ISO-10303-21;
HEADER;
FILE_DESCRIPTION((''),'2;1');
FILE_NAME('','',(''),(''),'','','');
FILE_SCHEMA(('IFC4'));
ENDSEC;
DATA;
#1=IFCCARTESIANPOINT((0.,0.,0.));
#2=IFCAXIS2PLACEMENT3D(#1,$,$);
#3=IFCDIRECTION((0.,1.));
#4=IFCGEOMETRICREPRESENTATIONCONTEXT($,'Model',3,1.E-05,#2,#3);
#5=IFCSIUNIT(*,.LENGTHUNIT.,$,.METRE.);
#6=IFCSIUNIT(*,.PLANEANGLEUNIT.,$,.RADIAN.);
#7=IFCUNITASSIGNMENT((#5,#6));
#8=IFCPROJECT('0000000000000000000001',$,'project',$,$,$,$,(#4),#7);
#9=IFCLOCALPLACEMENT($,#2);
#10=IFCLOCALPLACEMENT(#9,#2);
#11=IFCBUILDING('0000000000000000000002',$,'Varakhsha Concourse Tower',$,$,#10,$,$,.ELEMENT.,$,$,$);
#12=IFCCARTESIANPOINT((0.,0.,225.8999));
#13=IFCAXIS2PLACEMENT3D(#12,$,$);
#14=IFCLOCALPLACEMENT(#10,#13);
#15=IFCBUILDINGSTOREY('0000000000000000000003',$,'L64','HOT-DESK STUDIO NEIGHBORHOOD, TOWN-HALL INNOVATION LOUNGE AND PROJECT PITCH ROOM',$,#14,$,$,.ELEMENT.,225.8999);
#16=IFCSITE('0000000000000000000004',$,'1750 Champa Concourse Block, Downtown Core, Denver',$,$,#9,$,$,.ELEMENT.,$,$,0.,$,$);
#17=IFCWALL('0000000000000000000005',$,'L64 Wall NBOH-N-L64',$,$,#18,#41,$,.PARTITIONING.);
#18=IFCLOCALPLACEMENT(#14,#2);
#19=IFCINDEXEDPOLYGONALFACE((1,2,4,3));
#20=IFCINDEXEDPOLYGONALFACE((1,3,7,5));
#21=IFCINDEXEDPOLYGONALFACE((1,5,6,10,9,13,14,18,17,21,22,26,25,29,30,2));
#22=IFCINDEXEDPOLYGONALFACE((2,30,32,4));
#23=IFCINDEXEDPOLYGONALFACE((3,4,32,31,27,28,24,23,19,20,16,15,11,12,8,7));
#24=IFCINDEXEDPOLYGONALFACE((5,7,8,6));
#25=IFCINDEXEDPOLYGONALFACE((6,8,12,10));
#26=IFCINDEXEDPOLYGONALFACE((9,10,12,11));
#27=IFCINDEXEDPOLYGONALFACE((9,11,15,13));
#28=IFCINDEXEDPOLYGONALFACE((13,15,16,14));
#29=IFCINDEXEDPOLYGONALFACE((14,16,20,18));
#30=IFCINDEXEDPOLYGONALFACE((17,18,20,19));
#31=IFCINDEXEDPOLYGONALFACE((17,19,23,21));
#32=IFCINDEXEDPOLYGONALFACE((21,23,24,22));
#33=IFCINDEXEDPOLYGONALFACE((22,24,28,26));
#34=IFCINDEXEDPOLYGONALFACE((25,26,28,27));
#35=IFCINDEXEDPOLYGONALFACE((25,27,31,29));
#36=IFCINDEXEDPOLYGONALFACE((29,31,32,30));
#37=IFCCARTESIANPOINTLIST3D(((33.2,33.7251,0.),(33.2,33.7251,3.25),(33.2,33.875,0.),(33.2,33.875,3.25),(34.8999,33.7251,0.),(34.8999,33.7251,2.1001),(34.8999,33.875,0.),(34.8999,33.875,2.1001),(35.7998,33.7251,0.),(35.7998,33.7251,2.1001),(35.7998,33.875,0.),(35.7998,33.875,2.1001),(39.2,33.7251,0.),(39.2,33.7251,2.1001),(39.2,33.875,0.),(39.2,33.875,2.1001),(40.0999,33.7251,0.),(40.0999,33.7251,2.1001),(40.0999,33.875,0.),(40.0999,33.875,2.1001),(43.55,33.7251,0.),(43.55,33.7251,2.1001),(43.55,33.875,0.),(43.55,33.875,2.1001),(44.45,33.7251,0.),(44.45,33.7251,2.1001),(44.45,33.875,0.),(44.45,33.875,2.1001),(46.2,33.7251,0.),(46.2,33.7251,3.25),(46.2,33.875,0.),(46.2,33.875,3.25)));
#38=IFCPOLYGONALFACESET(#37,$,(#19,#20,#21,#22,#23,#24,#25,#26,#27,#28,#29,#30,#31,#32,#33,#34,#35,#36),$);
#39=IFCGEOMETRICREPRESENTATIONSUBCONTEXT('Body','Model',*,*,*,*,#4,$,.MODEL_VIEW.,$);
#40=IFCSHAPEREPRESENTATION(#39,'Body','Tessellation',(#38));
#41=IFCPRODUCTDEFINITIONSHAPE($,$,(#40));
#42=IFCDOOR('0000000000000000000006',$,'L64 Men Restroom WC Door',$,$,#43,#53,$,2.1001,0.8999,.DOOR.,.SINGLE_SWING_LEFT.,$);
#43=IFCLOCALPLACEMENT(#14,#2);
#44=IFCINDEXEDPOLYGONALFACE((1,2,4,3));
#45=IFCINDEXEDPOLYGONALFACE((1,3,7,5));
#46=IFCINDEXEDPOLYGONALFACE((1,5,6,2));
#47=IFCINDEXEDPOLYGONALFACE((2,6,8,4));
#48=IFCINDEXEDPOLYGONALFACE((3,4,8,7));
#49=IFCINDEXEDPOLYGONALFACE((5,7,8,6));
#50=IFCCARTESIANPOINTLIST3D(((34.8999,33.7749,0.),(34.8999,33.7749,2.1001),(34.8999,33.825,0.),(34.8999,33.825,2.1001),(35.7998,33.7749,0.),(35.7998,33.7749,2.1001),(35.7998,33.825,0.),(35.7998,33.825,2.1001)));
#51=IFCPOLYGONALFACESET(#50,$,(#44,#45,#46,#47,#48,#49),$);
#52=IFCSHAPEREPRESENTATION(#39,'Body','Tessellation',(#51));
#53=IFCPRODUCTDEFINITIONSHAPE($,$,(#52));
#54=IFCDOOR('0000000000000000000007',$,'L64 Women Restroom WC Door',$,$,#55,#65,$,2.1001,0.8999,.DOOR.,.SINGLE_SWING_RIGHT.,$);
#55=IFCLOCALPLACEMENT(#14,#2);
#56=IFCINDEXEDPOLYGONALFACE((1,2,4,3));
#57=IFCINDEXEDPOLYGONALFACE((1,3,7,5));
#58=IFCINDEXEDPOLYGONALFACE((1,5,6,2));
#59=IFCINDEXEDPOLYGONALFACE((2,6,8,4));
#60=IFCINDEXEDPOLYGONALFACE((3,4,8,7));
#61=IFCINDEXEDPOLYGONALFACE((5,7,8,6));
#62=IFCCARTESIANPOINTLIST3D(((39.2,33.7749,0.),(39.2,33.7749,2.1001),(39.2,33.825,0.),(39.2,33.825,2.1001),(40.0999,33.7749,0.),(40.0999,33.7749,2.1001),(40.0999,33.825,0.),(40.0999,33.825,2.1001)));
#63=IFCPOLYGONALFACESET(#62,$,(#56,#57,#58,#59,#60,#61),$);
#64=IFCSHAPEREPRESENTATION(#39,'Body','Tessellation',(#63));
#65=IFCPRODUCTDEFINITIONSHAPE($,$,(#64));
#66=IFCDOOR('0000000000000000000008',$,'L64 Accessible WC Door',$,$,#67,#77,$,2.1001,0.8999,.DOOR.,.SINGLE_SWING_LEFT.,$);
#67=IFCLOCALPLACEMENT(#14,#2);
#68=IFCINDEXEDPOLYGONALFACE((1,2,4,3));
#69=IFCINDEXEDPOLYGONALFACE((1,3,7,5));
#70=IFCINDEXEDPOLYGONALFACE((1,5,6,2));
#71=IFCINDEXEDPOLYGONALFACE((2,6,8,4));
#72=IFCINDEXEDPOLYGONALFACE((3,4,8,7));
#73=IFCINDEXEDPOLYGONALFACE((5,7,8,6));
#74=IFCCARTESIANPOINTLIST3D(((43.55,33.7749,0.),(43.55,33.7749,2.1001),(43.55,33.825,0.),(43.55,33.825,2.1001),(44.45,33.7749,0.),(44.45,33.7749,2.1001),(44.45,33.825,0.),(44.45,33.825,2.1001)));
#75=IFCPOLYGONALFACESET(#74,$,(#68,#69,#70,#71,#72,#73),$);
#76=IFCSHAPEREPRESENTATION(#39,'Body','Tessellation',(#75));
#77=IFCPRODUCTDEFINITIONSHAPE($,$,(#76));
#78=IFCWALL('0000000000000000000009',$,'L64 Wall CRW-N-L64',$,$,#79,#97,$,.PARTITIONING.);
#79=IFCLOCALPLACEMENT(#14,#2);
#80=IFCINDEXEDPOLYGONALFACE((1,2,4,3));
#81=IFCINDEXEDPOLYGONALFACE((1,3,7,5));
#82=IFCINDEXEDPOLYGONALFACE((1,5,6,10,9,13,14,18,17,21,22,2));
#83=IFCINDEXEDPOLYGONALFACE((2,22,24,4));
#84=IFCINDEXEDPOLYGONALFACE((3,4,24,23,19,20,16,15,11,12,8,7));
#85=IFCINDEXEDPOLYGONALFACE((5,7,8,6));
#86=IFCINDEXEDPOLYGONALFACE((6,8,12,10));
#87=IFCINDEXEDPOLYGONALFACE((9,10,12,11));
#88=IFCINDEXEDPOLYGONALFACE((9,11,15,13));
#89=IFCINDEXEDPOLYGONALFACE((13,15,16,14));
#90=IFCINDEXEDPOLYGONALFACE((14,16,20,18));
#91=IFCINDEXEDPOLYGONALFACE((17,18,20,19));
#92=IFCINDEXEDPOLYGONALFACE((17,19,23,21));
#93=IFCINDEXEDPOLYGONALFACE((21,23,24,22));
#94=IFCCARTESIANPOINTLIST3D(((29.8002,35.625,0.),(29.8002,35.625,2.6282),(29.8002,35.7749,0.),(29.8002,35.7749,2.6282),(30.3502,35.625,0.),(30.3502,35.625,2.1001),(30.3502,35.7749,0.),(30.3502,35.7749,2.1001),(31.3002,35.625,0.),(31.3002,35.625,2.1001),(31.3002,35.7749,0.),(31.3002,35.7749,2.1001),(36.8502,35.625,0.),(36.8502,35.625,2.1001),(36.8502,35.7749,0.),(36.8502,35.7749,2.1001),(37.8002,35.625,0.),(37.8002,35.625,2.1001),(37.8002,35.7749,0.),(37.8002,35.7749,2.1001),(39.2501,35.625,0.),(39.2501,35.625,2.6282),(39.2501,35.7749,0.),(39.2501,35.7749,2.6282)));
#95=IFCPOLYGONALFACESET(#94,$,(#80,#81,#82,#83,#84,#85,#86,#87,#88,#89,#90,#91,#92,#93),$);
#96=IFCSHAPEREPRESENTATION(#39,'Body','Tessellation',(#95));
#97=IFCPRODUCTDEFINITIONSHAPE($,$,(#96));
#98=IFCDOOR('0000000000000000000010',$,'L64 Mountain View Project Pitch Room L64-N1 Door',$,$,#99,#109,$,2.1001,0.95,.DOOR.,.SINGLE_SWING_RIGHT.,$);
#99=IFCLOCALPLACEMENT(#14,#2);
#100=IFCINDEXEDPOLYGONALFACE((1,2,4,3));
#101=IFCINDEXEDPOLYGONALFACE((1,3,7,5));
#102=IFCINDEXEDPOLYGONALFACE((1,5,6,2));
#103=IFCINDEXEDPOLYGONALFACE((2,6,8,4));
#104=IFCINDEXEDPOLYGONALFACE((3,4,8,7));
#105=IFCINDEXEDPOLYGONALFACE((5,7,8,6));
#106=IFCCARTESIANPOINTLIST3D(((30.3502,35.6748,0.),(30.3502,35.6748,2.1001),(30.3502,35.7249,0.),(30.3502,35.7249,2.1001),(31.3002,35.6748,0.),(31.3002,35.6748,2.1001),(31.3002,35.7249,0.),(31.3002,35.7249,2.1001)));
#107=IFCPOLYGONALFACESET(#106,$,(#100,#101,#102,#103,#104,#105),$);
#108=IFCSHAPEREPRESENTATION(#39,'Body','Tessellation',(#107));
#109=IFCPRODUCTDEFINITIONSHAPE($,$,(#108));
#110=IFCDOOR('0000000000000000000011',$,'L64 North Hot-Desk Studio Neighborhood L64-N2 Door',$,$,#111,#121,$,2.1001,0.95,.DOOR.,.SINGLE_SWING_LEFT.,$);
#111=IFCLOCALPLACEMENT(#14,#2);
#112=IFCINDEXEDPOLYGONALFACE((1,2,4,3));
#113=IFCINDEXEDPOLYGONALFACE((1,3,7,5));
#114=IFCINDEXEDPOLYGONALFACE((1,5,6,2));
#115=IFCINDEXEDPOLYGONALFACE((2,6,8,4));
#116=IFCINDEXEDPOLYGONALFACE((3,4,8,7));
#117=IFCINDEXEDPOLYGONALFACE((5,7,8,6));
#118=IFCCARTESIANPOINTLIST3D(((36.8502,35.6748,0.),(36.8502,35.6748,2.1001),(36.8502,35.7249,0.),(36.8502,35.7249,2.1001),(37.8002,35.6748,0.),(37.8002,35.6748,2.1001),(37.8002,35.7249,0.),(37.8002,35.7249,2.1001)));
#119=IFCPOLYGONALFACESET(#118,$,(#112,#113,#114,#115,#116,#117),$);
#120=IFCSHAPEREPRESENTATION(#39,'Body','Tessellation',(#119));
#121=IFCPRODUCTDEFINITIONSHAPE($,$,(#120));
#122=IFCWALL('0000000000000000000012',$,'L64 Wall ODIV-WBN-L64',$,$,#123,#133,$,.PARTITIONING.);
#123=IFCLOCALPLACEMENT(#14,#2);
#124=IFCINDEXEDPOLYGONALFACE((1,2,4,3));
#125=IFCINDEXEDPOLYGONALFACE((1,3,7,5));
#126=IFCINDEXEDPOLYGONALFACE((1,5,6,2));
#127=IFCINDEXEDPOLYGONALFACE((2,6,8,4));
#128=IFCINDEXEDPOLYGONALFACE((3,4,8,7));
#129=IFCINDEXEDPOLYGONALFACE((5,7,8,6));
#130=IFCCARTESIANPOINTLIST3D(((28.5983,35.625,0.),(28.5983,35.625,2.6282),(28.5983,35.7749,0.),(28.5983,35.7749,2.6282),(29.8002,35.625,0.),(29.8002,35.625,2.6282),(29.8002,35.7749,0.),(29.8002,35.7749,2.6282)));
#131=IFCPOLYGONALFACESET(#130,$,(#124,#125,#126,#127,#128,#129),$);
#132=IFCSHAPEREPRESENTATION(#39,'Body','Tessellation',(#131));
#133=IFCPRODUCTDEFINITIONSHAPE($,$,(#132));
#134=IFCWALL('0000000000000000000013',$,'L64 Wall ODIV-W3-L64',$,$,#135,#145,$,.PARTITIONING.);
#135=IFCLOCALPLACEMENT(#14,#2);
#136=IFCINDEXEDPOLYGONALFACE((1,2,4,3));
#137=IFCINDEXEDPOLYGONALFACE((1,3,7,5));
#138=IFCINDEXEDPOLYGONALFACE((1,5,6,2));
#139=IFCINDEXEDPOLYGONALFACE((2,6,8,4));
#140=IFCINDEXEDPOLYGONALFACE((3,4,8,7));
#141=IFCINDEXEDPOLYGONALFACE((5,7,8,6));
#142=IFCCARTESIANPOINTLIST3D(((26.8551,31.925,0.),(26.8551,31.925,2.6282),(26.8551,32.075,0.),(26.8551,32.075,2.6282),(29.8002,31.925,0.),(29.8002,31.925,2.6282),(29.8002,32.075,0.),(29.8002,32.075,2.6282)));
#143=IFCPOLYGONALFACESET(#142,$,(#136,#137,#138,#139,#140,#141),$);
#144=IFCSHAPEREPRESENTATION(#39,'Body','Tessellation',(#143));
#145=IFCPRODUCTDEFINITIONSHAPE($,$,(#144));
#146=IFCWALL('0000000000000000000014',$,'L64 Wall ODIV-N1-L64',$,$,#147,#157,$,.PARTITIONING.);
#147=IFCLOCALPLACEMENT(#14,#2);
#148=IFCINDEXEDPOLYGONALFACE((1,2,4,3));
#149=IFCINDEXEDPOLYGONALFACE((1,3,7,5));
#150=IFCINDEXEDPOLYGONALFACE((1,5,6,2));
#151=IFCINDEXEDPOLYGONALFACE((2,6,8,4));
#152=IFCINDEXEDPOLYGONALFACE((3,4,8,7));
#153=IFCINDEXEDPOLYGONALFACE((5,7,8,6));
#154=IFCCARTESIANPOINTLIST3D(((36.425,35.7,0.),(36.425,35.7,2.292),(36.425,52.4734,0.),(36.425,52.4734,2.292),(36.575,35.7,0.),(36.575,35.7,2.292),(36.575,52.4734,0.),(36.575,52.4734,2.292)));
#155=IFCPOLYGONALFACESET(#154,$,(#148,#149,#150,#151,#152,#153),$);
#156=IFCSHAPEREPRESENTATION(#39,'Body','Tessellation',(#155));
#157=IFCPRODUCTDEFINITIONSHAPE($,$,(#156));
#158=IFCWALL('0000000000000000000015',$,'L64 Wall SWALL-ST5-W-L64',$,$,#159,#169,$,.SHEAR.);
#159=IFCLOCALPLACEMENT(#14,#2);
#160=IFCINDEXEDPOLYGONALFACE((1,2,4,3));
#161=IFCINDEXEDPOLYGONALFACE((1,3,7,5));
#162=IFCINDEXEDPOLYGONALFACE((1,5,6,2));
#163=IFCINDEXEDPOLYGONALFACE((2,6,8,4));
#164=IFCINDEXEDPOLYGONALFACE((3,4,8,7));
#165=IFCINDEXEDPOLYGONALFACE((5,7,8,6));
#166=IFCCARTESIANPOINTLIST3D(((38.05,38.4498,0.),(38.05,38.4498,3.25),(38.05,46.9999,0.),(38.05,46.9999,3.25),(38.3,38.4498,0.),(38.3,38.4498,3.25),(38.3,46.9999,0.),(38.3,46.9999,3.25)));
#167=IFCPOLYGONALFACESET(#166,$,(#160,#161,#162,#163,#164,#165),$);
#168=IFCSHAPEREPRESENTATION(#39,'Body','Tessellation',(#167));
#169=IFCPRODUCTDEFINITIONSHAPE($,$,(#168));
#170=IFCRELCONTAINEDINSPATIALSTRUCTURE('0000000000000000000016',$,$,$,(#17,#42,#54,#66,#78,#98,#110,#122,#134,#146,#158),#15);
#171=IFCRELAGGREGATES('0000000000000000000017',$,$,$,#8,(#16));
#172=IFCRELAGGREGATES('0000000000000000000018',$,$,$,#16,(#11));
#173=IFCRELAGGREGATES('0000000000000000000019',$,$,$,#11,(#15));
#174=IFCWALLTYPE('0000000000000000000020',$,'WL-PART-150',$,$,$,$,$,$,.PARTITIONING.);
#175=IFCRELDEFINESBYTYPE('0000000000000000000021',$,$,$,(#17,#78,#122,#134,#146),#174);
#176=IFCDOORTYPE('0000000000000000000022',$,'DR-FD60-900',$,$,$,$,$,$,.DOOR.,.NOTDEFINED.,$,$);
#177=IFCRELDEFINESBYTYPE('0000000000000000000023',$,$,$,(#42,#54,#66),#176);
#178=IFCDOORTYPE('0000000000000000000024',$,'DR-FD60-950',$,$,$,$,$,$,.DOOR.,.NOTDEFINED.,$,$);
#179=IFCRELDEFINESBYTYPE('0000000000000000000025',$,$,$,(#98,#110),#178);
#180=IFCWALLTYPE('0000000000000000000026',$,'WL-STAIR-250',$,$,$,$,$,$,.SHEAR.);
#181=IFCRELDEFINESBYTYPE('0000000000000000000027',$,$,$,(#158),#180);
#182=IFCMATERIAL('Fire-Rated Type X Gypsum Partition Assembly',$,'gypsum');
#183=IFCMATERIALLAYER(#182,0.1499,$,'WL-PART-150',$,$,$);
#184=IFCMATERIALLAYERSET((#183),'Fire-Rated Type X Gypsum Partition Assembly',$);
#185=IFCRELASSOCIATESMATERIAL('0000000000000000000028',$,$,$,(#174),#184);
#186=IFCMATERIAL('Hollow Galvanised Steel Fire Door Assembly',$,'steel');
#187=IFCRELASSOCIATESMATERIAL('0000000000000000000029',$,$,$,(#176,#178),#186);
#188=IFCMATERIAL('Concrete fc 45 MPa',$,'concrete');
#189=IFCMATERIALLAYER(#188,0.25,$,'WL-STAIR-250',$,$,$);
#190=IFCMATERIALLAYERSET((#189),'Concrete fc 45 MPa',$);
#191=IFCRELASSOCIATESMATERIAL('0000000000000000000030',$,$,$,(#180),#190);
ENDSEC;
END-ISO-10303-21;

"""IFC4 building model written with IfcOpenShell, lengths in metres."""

from ifc_helpers import new_model, si_unit, direction, frame, frame_2d, origin, place, context, subcontext, project, spatial, rectangle, extrude, material, layer, layer_set, type_object, element, fill, save


model = new_model("IFC4")

# Units and contexts
model_context = context("Model", 3, precision=1e-05, world=origin(), true_north=direction((0.0, 1.0)))
body_context = subcontext(model_context, "Body", "Model", "MODEL_VIEW")
ifc_project = project(units=[si_unit("LENGTHUNIT", "METRE"), si_unit("PLANEANGLEUNIT", "RADIAN")], contexts=[model_context])

# Site, building, storey
site_placement = place(None, origin())
site = spatial("IfcSite", under=ifc_project, at=site_placement, Name="1750 Champa Concourse Block, Downtown Core, Denver", CompositionType="ELEMENT", RefElevation=0.0)
building_placement = place(site_placement, origin())
building = spatial("IfcBuilding", under=site, at=building_placement, Name="Varakhsha Concourse Tower", CompositionType="ELEMENT")
storey_placement = place(building_placement, frame((0.0, 0.0, 225.8999)))
storey = spatial("IfcBuildingStorey", under=building, at=storey_placement, Name="L64", Description="HOT-DESK STUDIO NEIGHBORHOOD, TOWN-HALL INNOVATION LOUNGE AND PROJECT PITCH ROOM", CompositionType="ELEMENT", Elevation=225.8999)

# Walls, openings, doors
ifc_material_1 = material(Name="Fire-Rated Type X Gypsum Partition Assembly", Category="gypsum")
ifc_layer_1 = layer(ifc_material_1, 0.1499, Name="WL-PART-150")
ifc_layer_set_1 = layer_set([ifc_layer_1], Name="Fire-Rated Type X Gypsum Partition Assembly")
wall_type_1 = type_object("IfcWallType", Name="WL-PART-150", PredefinedType="PARTITIONING", material=ifc_layer_set_1)
wall_1_placement = place(storey_placement, frame((33.2, 33.8, 0.0), z_axis=(0.0, 0.0, 1.0), x_axis=(1.0, 0.0, 0.0)))
wall_1 = element("IfcWall", 1, at=wall_1_placement, inside=storey, type_object=wall_type_1, Name="L64 Wall NBOH-N-L64", PredefinedType="PARTITIONING", context=body_context, shape_type="SweptSolid", body=[
    extrude(rectangle(XDim=13.0, YDim=0.1499, at=frame_2d((6.5, 0.0))), origin(), (0.0, 0.0, 1.0), 3.25),
])
opening_1_placement = place(wall_1_placement, frame((1.7, 0.0, 0.0)))
opening_1 = element("IfcOpeningElement", 2, at=opening_1_placement, cuts=wall_1, PredefinedType="OPENING", context=body_context, shape_type="SweptSolid", body=[
    extrude(rectangle(XDim=0.8999, YDim=2.1001, at=frame_2d((0.45, 1.05))), frame((0.0, 0.085, 0.0), z_axis=(0.0, -1.0, 0.0), x_axis=(1.0, 0.0, 0.0)), (0.0, 0.0, 1.0), 0.1699),
])
opening_2_placement = place(wall_1_placement, frame((6.0, 0.0, 0.0)))
opening_2 = element("IfcOpeningElement", 3, at=opening_2_placement, cuts=wall_1, PredefinedType="OPENING", context=body_context, shape_type="SweptSolid", body=[
    extrude(rectangle(XDim=0.8999, YDim=2.1001, at=frame_2d((0.45, 1.05))), frame((0.0, 0.085, 0.0), z_axis=(0.0, -1.0, 0.0), x_axis=(1.0, 0.0, 0.0)), (0.0, 0.0, 1.0), 0.1699),
])
opening_3_placement = place(wall_1_placement, frame((10.3501, 0.0, 0.0)))
opening_3 = element("IfcOpeningElement", 4, at=opening_3_placement, cuts=wall_1, PredefinedType="OPENING", context=body_context, shape_type="SweptSolid", body=[
    extrude(rectangle(XDim=0.8999, YDim=2.1001, at=frame_2d((0.45, 1.05))), frame((0.0, 0.085, 0.0), z_axis=(0.0, -1.0, 0.0), x_axis=(1.0, 0.0, 0.0)), (0.0, 0.0, 1.0), 0.1699),
])
ifc_material_2 = material(Name="Hollow Galvanised Steel Fire Door Assembly", Category="steel")
door_type_1 = type_object("IfcDoorType", Name="DR-FD60-900", OperationType="NOTDEFINED", PredefinedType="DOOR", material=ifc_material_2)
door_1_placement = place(opening_1_placement, origin())
door_1 = element("IfcDoor", 5, at=door_1_placement, inside=storey, type_object=door_type_1, Name="L64 Men Restroom WC Door", OperationType="SINGLE_SWING_LEFT", OverallHeight=2.1001, OverallWidth=0.8999, PredefinedType="DOOR", context=body_context, shape_type="SweptSolid", body=[
    extrude(rectangle(XDim=0.8999, YDim=2.1001, at=frame_2d((0.45, 1.05))), frame((0.0, 0.0249, 0.0), z_axis=(0.0, -1.0, 0.0), x_axis=(1.0, 0.0, 0.0)), (0.0, 0.0, 1.0), 0.05),
])
fill(opening_1, door_1)
door_2_placement = place(opening_2_placement, origin())
door_2 = element("IfcDoor", 6, at=door_2_placement, inside=storey, type_object=door_type_1, Name="L64 Women Restroom WC Door", OperationType="SINGLE_SWING_RIGHT", OverallHeight=2.1001, OverallWidth=0.8999, PredefinedType="DOOR", context=body_context, shape_type="SweptSolid", body=[
    extrude(rectangle(XDim=0.8999, YDim=2.1001, at=frame_2d((0.45, 1.05))), frame((0.0, 0.0249, 0.0), z_axis=(0.0, -1.0, 0.0), x_axis=(1.0, 0.0, 0.0)), (0.0, 0.0, 1.0), 0.05),
])
fill(opening_2, door_2)
door_3_placement = place(opening_3_placement, origin())
door_3 = element("IfcDoor", 7, at=door_3_placement, inside=storey, type_object=door_type_1, Name="L64 Accessible WC Door", OperationType="SINGLE_SWING_LEFT", OverallHeight=2.1001, OverallWidth=0.8999, PredefinedType="DOOR", context=body_context, shape_type="SweptSolid", body=[
    extrude(rectangle(XDim=0.8999, YDim=2.1001, at=frame_2d((0.45, 1.05))), frame((0.0, 0.0249, 0.0), z_axis=(0.0, -1.0, 0.0), x_axis=(1.0, 0.0, 0.0)), (0.0, 0.0, 1.0), 0.05),
])
fill(opening_3, door_3)
wall_2_placement = place(storey_placement, frame((29.8, 35.7, 0.0), z_axis=(0.0, 0.0, 1.0), x_axis=(1.0, 0.0, 0.0)))
wall_2 = element("IfcWall", 8, at=wall_2_placement, inside=storey, type_object=wall_type_1, Name="L64 Wall CRW-N-L64", PredefinedType="PARTITIONING", context=body_context, shape_type="SweptSolid", body=[
    extrude(rectangle(XDim=9.45, YDim=0.1499, at=frame_2d((4.7251, 0.0))), origin(), (0.0, 0.0, 1.0), 2.6282),
])
opening_4_placement = place(wall_2_placement, frame((0.55, 0.0, 0.0)))
opening_4 = element("IfcOpeningElement", 9, at=opening_4_placement, cuts=wall_2, PredefinedType="OPENING", context=body_context, shape_type="SweptSolid", body=[
    extrude(rectangle(XDim=0.95, YDim=2.1001, at=frame_2d((0.4751, 1.05))), frame((0.0, 0.085, 0.0), z_axis=(0.0, -1.0, 0.0), x_axis=(1.0, 0.0, 0.0)), (0.0, 0.0, 1.0), 0.1699),
])
opening_5_placement = place(wall_2_placement, frame((7.05, 0.0, 0.0)))
opening_5 = element("IfcOpeningElement", 10, at=opening_5_placement, cuts=wall_2, PredefinedType="OPENING", context=body_context, shape_type="SweptSolid", body=[
    extrude(rectangle(XDim=0.95, YDim=2.1001, at=frame_2d((0.4751, 1.05))), frame((0.0, 0.085, 0.0), z_axis=(0.0, -1.0, 0.0), x_axis=(1.0, 0.0, 0.0)), (0.0, 0.0, 1.0), 0.1699),
])
door_type_2 = type_object("IfcDoorType", Name="DR-FD60-950", OperationType="NOTDEFINED", PredefinedType="DOOR", material=ifc_material_2)
door_4_placement = place(opening_4_placement, origin())
door_4 = element("IfcDoor", 11, at=door_4_placement, inside=storey, type_object=door_type_2, Name="L64 Mountain View Project Pitch Room L64-N1 Door", OperationType="SINGLE_SWING_RIGHT", OverallHeight=2.1001, OverallWidth=0.95, PredefinedType="DOOR", context=body_context, shape_type="SweptSolid", body=[
    extrude(rectangle(XDim=0.95, YDim=2.1001, at=frame_2d((0.4751, 1.05))), frame((0.0, 0.0249, 0.0), z_axis=(0.0, -1.0, 0.0), x_axis=(1.0, 0.0, 0.0)), (0.0, 0.0, 1.0), 0.05),
])
fill(opening_4, door_4)
door_5_placement = place(opening_5_placement, origin())
door_5 = element("IfcDoor", 12, at=door_5_placement, inside=storey, type_object=door_type_2, Name="L64 North Hot-Desk Studio Neighborhood L64-N2 Door", OperationType="SINGLE_SWING_LEFT", OverallHeight=2.1001, OverallWidth=0.95, PredefinedType="DOOR", context=body_context, shape_type="SweptSolid", body=[
    extrude(rectangle(XDim=0.95, YDim=2.1001, at=frame_2d((0.4751, 1.05))), frame((0.0, 0.0249, 0.0), z_axis=(0.0, -1.0, 0.0), x_axis=(1.0, 0.0, 0.0)), (0.0, 0.0, 1.0), 0.05),
])
fill(opening_5, door_5)

# Walls
wall_3_placement = place(storey_placement, frame((28.5981, 35.7, 0.0), z_axis=(0.0, 0.0, 1.0), x_axis=(1.0, 0.0, 0.0)))
element("IfcWall", 13, at=wall_3_placement, inside=storey, type_object=wall_type_1, Name="L64 Wall ODIV-WBN-L64", PredefinedType="PARTITIONING", context=body_context, shape_type="SweptSolid", body=[
    extrude(rectangle(XDim=1.2019, YDim=0.1499, at=frame_2d((0.6011, 0.0))), origin(), (0.0, 0.0, 1.0), 2.6282),
])
wall_4_placement = place(storey_placement, frame((26.855, 32.0, 0.0), z_axis=(0.0, 0.0, 1.0), x_axis=(1.0, 0.0, 0.0)))
element("IfcWall", 14, at=wall_4_placement, inside=storey, type_object=wall_type_1, Name="L64 Wall ODIV-W3-L64", PredefinedType="PARTITIONING", context=body_context, shape_type="SweptSolid", body=[
    extrude(rectangle(XDim=2.9451, YDim=0.1499, at=frame_2d((1.4727, 0.0))), origin(), (0.0, 0.0, 1.0), 2.6282),
])
wall_5_placement = place(storey_placement, frame((36.5, 35.7, 0.0), z_axis=(0.0, 0.0, 1.0), x_axis=(0.0, 1.0, 0.0)))
element("IfcWall", 15, at=wall_5_placement, inside=storey, type_object=wall_type_1, Name="L64 Wall ODIV-N1-L64", PredefinedType="PARTITIONING", context=body_context, shape_type="SweptSolid", body=[
    extrude(rectangle(XDim=16.7734, YDim=0.1499, at=frame_2d((8.3867, 0.0))), origin(), (0.0, 0.0, 1.0), 2.292),
])
ifc_material_3 = material(Name="Concrete fc 45 MPa", Category="concrete")
ifc_layer_2 = layer(ifc_material_3, 0.25, Name="WL-STAIR-250")
ifc_layer_set_2 = layer_set([ifc_layer_2], Name="Concrete fc 45 MPa")
wall_type_2 = type_object("IfcWallType", Name="WL-STAIR-250", PredefinedType="SHEAR", material=ifc_layer_set_2)
wall_6_placement = place(storey_placement, frame((38.175, 38.45, 0.0), z_axis=(0.0, 0.0, 1.0), x_axis=(0.0, 1.0, 0.0)))
element("IfcWall", 16, at=wall_6_placement, inside=storey, type_object=wall_type_2, Name="L64 Wall SWALL-ST5-W-L64", PredefinedType="SHEAR", context=body_context, shape_type="SweptSolid", body=[
    extrude(rectangle(XDim=8.55, YDim=0.25, at=frame_2d((4.2749, 0.0))), origin(), (0.0, 0.0, 1.0), 3.25),
])

save(model, "model.ifc")
